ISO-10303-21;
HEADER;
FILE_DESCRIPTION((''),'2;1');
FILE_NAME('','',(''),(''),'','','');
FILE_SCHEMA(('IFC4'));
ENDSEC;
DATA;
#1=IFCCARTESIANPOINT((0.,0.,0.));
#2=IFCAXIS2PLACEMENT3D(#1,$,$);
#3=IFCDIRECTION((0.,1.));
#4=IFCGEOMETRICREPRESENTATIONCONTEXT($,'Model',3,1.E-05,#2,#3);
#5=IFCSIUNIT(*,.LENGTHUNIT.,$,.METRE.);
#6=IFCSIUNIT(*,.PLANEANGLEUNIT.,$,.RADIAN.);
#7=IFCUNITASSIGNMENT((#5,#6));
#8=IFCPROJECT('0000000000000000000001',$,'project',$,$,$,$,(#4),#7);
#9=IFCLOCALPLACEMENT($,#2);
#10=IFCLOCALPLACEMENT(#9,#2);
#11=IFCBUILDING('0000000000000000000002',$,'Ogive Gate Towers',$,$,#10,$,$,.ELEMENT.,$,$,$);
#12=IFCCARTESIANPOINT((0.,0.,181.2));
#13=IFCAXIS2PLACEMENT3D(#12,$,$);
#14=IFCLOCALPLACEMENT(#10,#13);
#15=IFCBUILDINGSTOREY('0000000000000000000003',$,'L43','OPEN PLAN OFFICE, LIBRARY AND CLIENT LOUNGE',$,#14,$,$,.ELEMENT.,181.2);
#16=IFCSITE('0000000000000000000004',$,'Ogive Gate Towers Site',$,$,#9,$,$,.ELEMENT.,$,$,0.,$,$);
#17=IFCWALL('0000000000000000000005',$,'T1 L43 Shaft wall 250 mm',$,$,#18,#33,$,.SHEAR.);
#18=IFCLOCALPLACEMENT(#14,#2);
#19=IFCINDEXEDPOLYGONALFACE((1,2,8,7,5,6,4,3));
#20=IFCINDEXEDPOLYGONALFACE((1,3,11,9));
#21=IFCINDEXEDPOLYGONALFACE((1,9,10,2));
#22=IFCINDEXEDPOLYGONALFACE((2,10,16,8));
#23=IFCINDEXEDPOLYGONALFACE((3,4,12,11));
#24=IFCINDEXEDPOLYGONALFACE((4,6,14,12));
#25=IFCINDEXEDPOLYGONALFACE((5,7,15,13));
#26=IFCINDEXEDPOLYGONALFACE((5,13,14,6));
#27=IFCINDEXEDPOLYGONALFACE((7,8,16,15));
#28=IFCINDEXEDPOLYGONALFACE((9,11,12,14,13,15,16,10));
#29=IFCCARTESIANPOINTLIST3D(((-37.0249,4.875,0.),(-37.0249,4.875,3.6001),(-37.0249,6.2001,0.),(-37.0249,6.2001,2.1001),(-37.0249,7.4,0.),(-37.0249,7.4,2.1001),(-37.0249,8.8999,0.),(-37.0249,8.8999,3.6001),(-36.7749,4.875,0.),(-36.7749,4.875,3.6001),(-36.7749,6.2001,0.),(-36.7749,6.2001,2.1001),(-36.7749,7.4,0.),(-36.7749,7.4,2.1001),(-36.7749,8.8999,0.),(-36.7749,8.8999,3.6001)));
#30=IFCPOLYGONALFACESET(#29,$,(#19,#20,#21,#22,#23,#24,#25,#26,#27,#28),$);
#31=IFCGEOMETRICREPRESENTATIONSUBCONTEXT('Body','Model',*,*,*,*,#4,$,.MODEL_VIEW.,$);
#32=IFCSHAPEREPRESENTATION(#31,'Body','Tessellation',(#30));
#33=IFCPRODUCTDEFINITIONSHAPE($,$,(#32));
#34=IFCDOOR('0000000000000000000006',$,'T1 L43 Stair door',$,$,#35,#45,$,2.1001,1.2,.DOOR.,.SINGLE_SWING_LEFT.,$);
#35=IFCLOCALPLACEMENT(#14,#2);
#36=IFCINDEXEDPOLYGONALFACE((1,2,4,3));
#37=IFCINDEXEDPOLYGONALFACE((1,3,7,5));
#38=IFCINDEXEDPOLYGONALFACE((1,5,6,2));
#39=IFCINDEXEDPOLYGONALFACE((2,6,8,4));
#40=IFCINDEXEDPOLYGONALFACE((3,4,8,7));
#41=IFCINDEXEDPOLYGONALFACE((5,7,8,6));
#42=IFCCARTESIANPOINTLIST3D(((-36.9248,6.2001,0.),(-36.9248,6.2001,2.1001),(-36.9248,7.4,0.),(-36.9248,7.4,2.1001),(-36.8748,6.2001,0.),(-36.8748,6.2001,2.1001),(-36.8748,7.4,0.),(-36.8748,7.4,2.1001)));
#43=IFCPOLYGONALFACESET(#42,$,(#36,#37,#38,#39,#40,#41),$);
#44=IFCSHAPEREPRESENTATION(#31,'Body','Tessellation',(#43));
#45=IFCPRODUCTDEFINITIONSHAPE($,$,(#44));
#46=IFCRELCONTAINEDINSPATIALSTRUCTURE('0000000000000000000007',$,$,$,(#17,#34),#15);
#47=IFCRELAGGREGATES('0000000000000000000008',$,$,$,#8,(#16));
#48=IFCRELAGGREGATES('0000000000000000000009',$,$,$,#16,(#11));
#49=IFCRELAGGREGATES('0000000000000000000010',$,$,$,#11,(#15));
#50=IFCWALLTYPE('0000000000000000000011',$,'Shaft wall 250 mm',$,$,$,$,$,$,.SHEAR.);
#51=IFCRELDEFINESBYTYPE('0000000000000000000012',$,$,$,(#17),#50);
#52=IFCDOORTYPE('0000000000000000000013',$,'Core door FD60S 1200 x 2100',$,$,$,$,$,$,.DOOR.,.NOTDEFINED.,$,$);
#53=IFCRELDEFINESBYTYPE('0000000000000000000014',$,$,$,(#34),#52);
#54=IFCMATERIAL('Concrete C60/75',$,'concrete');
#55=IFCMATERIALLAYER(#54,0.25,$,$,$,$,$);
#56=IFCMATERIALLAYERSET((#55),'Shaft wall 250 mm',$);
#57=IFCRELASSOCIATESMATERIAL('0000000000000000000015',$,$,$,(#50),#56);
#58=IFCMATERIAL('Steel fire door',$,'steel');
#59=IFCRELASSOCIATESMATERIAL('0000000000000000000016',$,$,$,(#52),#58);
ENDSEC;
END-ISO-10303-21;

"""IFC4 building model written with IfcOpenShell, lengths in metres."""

from ifc_helpers import new_model, si_unit, direction, frame, frame_2d, origin, place, context, subcontext, project, spatial, rectangle, extrude, material, layer, layer_set, type_object, element, fill, save


model = new_model("IFC4")

# Units and contexts
model_context = context("Model", 3, precision=1e-05, world=origin(), true_north=direction((0.0, 1.0)))
body_context = subcontext(model_context, "Body", "Model", "MODEL_VIEW")
ifc_project = project(units=[si_unit("LENGTHUNIT", "METRE"), si_unit("PLANEANGLEUNIT", "RADIAN")], contexts=[model_context])

# Site, building, storey
site_placement = place(None, origin())
site = spatial("IfcSite", under=ifc_project, at=site_placement, Name="Ogive Gate Towers Site", CompositionType="ELEMENT", RefElevation=0.0)
building_placement = place(site_placement, origin())
building = spatial("IfcBuilding", under=site, at=building_placement, Name="Ogive Gate Towers", CompositionType="ELEMENT")
storey_placement = place(building_placement, frame((0.0, 0.0, 181.2)))
storey = spatial("IfcBuildingStorey", under=building, at=storey_placement, Name="L43", Description="OPEN PLAN OFFICE, LIBRARY AND CLIENT LOUNGE", CompositionType="ELEMENT", Elevation=181.2)

# Shared definitions
ifc_material_1 = material(Name="Concrete C60/75", Category="concrete")
ifc_layer_1 = layer(ifc_material_1, 0.25)
ifc_layer_set_1 = layer_set([ifc_layer_1], Name="Shaft wall 250 mm")
wall_type_1 = type_object("IfcWallType", Name="Shaft wall 250 mm", PredefinedType="SHEAR", material=ifc_layer_set_1)

# Wall, opening, door
wall_1_placement = place(storey_placement, frame((-36.8999, 4.875, 0.0), z_axis=(0.0, 0.0, 1.0), x_axis=(0.0, 1.0, 0.0)))
wall_1 = element("IfcWall", 1, at=wall_1_placement, inside=storey, type_object=wall_type_1, Name="T1 L43 Shaft wall 250 mm", PredefinedType="SHEAR", context=body_context, shape_type="SweptSolid", body=[
    extrude(rectangle(XDim=4.0249, YDim=0.25, at=frame_2d((2.0125, 0.0))), origin(), (0.0, 0.0, 1.0), 3.6001),
])
opening_1_placement = place(wall_1_placement, frame((1.325, 0.0, 0.0)))
opening_1 = element("IfcOpeningElement", 2, at=opening_1_placement, cuts=wall_1, PredefinedType="OPENING", context=body_context, shape_type="SweptSolid", body=[
    extrude(rectangle(XDim=1.2, YDim=2.1001, at=frame_2d((0.6001, 1.05))), frame((0.0, 0.135, 0.0), z_axis=(0.0, -1.0, 0.0), x_axis=(1.0, 0.0, 0.0)), (0.0, 0.0, 1.0), 0.27),
])
ifc_material_2 = material(Name="Steel fire door", Category="steel")
door_type_1 = type_object("IfcDoorType", Name="Core door FD60S 1200 x 2100", OperationType="NOTDEFINED", PredefinedType="DOOR", material=ifc_material_2)
door_1_placement = place(opening_1_placement, origin())
door_1 = element("IfcDoor", 3, at=door_1_placement, inside=storey, type_object=door_type_1, Name="T1 L43 Stair door", OperationType="SINGLE_SWING_LEFT", OverallHeight=2.1001, OverallWidth=1.2, PredefinedType="DOOR", context=body_context, shape_type="SweptSolid", body=[
    extrude(rectangle(XDim=1.2, YDim=2.1001, at=frame_2d((0.6001, 1.05))), frame((0.0, 0.0249, 0.0), z_axis=(0.0, -1.0, 0.0), x_axis=(1.0, 0.0, 0.0)), (0.0, 0.0, 1.0), 0.05),
])
fill(opening_1, door_1)

save(model, "model.ifc")
